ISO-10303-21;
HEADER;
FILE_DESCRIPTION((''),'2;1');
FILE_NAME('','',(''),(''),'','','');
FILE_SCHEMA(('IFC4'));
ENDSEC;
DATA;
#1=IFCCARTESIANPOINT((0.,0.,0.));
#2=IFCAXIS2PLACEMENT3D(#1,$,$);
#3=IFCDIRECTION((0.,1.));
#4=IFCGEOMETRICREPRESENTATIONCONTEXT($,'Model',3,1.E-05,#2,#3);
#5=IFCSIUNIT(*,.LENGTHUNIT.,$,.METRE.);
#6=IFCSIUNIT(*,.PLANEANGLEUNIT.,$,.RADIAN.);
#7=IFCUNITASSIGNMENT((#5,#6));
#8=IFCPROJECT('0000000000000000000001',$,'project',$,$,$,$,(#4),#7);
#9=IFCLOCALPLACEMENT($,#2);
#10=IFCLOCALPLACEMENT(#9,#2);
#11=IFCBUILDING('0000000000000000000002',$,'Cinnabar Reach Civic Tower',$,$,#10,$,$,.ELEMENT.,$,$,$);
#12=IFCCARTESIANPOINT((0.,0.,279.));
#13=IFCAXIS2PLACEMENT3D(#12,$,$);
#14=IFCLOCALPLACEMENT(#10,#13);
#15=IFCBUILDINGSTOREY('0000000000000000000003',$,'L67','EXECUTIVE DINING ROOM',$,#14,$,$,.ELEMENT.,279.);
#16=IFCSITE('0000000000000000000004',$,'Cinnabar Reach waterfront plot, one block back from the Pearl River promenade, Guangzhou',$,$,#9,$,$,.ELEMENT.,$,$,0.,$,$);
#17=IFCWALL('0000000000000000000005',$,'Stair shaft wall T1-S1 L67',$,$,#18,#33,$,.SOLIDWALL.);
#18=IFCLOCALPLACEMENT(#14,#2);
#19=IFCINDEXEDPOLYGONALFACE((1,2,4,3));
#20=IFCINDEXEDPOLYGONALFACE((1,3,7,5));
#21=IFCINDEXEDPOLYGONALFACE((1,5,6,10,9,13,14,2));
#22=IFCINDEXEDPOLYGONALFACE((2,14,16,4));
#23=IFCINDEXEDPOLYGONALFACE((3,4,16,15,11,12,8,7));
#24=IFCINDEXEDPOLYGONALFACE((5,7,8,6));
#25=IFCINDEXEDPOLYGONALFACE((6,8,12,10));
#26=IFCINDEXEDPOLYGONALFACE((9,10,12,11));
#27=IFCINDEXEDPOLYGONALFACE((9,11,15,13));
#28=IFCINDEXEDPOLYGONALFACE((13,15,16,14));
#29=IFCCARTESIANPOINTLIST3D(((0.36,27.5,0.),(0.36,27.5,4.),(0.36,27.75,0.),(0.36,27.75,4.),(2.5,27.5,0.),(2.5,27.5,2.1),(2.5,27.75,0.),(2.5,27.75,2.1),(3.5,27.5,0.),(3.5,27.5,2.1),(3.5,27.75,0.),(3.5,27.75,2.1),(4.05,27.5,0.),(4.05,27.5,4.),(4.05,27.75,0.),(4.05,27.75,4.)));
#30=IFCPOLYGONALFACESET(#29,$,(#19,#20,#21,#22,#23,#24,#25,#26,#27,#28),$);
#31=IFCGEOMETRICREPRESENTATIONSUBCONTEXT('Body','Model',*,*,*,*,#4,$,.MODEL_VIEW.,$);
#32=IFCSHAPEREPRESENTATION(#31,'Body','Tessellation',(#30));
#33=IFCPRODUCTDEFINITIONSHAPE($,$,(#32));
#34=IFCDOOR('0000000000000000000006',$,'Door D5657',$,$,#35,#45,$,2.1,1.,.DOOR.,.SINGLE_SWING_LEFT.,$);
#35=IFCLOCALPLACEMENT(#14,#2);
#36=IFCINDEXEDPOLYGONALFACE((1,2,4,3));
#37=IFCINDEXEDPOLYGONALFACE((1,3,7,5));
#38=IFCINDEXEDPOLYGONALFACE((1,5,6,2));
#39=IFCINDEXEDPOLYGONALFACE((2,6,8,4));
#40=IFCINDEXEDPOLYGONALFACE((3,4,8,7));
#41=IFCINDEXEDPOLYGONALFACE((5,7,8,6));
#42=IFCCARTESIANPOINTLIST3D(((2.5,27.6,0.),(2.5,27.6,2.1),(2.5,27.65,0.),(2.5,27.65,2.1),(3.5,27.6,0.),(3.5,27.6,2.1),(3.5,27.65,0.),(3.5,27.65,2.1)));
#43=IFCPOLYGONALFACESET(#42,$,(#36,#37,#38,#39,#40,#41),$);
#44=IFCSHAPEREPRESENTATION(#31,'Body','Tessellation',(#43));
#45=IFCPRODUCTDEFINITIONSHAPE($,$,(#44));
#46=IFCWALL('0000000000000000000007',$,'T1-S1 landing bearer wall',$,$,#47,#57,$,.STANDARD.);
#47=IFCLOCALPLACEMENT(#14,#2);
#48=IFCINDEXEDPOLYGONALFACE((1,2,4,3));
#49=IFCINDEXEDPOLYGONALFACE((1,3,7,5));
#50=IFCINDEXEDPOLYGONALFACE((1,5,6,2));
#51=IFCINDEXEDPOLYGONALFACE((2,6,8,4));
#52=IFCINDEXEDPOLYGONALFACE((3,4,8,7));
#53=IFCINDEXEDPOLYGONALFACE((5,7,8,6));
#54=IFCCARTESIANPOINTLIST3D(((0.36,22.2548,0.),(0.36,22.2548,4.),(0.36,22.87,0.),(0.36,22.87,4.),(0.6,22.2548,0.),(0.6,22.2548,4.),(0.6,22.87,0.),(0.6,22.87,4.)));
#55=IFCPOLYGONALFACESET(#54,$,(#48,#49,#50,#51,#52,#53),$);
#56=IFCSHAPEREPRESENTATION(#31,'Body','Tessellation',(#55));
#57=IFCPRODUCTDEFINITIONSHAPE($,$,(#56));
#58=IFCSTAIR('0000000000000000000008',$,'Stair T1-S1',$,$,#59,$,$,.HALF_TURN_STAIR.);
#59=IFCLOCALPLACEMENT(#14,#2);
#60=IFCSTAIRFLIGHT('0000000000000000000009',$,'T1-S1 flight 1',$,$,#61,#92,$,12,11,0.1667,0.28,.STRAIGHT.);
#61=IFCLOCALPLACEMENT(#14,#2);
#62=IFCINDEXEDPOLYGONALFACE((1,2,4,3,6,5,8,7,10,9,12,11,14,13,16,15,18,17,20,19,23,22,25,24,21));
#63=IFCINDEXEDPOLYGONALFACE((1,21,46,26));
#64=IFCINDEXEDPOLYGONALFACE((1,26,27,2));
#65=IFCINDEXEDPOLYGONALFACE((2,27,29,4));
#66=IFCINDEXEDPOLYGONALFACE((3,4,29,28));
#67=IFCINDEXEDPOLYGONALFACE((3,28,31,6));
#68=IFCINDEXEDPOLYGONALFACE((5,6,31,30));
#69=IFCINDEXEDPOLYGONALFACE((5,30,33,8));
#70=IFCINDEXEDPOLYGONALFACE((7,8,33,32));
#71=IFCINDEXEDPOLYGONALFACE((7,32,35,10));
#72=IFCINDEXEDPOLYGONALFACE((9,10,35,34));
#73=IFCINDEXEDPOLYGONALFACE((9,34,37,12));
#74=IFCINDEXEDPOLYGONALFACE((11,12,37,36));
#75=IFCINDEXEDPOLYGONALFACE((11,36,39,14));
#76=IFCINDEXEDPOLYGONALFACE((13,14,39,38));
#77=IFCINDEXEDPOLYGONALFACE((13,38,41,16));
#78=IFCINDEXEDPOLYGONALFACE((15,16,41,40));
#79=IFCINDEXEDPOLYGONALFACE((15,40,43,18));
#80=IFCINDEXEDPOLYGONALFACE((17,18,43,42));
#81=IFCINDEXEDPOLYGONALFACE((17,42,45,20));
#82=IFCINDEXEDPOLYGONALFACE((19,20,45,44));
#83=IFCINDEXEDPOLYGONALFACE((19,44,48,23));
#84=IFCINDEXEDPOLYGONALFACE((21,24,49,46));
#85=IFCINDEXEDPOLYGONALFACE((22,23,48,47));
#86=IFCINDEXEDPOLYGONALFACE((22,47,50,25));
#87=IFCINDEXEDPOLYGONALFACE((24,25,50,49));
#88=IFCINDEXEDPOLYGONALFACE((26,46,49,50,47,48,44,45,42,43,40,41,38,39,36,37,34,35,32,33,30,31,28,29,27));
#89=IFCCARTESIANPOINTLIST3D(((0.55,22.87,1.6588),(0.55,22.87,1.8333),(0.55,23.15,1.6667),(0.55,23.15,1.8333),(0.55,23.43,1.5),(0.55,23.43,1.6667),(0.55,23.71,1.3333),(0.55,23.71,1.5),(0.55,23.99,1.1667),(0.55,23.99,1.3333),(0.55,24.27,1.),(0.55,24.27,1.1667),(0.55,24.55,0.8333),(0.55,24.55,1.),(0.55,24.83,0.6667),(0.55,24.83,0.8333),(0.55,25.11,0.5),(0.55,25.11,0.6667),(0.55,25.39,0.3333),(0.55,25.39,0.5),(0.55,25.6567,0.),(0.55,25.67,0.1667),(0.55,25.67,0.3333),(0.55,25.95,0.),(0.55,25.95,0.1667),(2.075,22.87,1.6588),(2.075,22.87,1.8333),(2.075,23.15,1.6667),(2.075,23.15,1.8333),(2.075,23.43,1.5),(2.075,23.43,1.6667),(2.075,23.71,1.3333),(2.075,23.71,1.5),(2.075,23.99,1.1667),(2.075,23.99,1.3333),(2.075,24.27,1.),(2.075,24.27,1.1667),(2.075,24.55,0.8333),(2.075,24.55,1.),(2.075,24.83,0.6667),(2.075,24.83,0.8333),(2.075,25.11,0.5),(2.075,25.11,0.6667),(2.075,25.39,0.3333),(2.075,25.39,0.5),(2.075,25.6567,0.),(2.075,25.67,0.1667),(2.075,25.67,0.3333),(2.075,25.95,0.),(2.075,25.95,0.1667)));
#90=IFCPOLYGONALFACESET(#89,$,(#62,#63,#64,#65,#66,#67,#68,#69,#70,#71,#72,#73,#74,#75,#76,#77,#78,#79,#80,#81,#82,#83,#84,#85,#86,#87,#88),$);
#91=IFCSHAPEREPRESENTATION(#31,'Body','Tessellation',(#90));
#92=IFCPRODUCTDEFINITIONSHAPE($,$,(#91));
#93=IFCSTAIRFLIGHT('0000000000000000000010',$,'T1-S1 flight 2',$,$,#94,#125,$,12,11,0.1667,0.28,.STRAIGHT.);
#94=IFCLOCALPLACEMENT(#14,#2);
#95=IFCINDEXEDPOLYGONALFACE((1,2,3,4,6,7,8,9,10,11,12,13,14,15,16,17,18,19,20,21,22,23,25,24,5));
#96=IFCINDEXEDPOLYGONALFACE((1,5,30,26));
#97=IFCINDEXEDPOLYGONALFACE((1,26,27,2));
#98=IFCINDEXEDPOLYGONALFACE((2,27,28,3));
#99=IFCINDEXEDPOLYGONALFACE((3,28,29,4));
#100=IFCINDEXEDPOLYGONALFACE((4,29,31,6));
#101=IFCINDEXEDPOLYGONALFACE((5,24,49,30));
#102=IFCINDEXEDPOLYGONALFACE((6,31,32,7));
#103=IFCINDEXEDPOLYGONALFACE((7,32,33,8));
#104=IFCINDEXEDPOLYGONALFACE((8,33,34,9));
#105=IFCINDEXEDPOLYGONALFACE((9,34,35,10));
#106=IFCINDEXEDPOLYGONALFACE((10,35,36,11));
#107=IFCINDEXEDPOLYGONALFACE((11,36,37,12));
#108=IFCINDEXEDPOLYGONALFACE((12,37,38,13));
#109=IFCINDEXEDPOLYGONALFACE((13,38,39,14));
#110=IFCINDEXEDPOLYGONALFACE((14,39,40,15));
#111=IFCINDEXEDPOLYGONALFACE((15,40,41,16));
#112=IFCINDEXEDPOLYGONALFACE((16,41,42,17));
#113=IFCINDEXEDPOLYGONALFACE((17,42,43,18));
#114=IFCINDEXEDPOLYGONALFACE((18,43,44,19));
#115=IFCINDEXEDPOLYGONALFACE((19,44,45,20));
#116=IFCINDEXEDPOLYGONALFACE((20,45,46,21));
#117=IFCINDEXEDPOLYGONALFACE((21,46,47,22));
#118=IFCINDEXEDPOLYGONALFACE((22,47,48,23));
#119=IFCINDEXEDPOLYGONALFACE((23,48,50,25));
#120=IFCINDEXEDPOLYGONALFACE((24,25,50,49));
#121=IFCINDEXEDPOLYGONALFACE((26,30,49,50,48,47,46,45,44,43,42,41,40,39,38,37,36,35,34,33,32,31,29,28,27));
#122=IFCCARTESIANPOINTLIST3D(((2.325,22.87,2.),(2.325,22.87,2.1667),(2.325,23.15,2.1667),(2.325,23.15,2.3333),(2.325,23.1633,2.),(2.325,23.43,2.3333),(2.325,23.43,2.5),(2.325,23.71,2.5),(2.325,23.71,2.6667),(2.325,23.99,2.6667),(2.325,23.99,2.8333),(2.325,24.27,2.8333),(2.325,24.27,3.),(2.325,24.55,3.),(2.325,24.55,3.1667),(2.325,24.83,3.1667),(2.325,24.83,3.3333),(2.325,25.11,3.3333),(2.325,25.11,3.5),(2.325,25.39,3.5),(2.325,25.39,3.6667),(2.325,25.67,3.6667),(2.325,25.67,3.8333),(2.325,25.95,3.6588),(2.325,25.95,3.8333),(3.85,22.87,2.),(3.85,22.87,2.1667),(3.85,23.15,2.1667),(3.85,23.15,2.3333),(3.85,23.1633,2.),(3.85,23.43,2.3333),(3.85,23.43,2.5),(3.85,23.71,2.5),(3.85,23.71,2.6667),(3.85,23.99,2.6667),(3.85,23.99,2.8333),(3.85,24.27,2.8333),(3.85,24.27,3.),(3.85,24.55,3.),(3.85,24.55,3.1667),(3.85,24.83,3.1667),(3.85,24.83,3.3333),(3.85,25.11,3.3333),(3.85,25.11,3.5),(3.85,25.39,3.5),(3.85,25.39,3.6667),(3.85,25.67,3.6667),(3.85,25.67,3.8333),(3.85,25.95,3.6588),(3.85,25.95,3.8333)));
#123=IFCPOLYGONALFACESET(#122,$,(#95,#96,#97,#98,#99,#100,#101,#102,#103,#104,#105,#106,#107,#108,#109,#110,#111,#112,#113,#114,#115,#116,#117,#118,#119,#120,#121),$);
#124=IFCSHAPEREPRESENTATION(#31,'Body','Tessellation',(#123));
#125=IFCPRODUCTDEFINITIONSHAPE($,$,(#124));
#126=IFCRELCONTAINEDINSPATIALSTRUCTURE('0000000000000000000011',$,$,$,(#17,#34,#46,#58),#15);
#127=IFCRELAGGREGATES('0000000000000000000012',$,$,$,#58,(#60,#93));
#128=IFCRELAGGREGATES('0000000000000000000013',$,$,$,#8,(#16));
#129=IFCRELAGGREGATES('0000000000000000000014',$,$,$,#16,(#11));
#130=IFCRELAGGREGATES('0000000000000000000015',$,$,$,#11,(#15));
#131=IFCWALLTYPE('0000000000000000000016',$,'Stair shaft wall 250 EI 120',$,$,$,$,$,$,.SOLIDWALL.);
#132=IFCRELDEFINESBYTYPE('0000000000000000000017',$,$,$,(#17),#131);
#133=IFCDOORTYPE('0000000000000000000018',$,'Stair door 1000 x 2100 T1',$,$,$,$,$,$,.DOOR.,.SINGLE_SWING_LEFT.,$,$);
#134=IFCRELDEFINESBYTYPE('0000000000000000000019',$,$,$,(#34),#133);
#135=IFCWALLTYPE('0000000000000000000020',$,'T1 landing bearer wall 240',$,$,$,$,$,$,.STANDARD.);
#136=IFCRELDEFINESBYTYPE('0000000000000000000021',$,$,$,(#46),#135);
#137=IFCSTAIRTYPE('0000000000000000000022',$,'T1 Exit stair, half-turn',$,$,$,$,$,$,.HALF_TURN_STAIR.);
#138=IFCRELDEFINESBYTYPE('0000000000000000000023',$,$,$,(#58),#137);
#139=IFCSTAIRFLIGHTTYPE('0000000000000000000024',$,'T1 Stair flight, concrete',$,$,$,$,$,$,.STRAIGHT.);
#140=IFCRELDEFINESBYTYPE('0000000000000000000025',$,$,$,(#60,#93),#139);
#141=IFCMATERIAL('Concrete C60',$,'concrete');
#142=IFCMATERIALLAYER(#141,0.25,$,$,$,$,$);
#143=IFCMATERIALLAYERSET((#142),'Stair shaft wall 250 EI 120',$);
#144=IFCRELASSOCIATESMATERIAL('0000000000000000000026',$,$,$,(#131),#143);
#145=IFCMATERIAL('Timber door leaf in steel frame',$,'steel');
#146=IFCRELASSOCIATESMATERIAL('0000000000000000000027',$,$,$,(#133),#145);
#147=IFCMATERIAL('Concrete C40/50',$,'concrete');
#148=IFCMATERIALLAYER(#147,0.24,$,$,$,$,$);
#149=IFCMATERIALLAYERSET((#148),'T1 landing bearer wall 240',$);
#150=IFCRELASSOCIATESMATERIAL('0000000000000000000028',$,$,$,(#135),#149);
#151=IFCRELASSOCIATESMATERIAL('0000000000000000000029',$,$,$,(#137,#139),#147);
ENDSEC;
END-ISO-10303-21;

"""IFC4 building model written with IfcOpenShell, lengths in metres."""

from ifc_helpers import new_model, si_unit, direction, frame, frame_2d, origin, place, context, subcontext, project, spatial, polyline, rectangle, outline, extrude, material, layer, layer_set, type_object, element, fill, aggregate, save


model = new_model("IFC4")

# Units and contexts
model_context = context("Model", 3, precision=1e-05, world=origin(), true_north=direction((0.0, 1.0)))
body_context = subcontext(model_context, "Body", "Model", "MODEL_VIEW")
ifc_project = project(units=[si_unit("LENGTHUNIT", "METRE"), si_unit("PLANEANGLEUNIT", "RADIAN")], contexts=[model_context])

# Site, building, storey
site_placement = place(None, origin())
site = spatial("IfcSite", under=ifc_project, at=site_placement, Name="Cinnabar Reach waterfront plot, one block back from the Pearl River promenade, Guangzhou", CompositionType="ELEMENT", RefElevation=0.0)
building_placement = place(site_placement, origin())
building = spatial("IfcBuilding", under=site, at=building_placement, Name="Cinnabar Reach Civic Tower", CompositionType="ELEMENT")
storey_placement = place(building_placement, frame((0.0, 0.0, 279.0)))
storey = spatial("IfcBuildingStorey", under=building, at=storey_placement, Name="L67", Description="EXECUTIVE DINING ROOM", CompositionType="ELEMENT", Elevation=279.0)

# Shared definitions
ifc_material_1 = material(Name="Concrete C60", Category="concrete")

# Shared definitions
ifc_material_2 = material(Name="Timber door leaf in steel frame", Category="steel")

# Wall, opening, door
ifc_layer_1 = layer(ifc_material_1, 0.25)
ifc_layer_set_1 = layer_set([ifc_layer_1], Name="Stair shaft wall 250 EI 120")
wall_type_1 = type_object("IfcWallType", Name="Stair shaft wall 250 EI 120", PredefinedType="SOLIDWALL", material=ifc_layer_set_1)
wall_1_placement = place(storey_placement, frame((4.05, 27.625, 0.0), z_axis=(0.0, 0.0, 1.0), x_axis=(-1.0, 0.0, 0.0)))
wall_1 = element("IfcWall", 1, at=wall_1_placement, inside=storey, type_object=wall_type_1, Name="Stair shaft wall T1-S1 L67", PredefinedType="SOLIDWALL", context=body_context, shape_type="SweptSolid", body=[
    extrude(rectangle(XDim=3.69, YDim=0.25, at=frame_2d((1.845, 0.0))), origin(), (0.0, 0.0, 1.0), 4.0),
])
opening_1_placement = place(wall_1_placement, frame((0.55, 0.0, 0.0)))
opening_1 = element("IfcOpeningElement", 2, at=opening_1_placement, cuts=wall_1, PredefinedType="OPENING", context=body_context, shape_type="SweptSolid", body=[
    extrude(rectangle(XDim=1.0, YDim=2.1, at=frame_2d((0.5, 1.05))), frame((0.0, 0.135, 0.0), z_axis=(0.0, -1.0, 0.0), x_axis=(1.0, 0.0, 0.0)), (0.0, 0.0, 1.0), 0.27),
])
door_type_1 = type_object("IfcDoorType", Name="Stair door 1000 x 2100 T1", OperationType="SINGLE_SWING_LEFT", PredefinedType="DOOR", material=ifc_material_2)
door_1_placement = place(opening_1_placement, origin())
door_1 = element("IfcDoor", 3, at=door_1_placement, inside=storey, type_object=door_type_1, Name="Door D5657", OperationType="SINGLE_SWING_LEFT", OverallHeight=2.1, OverallWidth=1.0, PredefinedType="DOOR", context=body_context, shape_type="SweptSolid", body=[
    extrude(rectangle(XDim=1.0, YDim=2.1, at=frame_2d((0.5, 1.05))), frame((0.0, 0.025, 0.0), z_axis=(0.0, -1.0, 0.0), x_axis=(1.0, 0.0, 0.0)), (0.0, 0.0, 1.0), 0.05),
])
fill(opening_1, door_1)

# Wall
ifc_material_3 = material(Name="Concrete C40/50", Category="concrete")
ifc_layer_2 = layer(ifc_material_3, 0.24)
ifc_layer_set_2 = layer_set([ifc_layer_2], Name="T1 landing bearer wall 240")
wall_type_2 = type_object("IfcWallType", Name="T1 landing bearer wall 240", PredefinedType="STANDARD", material=ifc_layer_set_2)
wall_2_placement = place(storey_placement, frame((0.48, 22.2549, 0.0), z_axis=(0.0, 0.0, 1.0), x_axis=(0.0, 1.0, 0.0)))
element("IfcWall", 4, at=wall_2_placement, inside=storey, type_object=wall_type_2, Name="T1-S1 landing bearer wall", PredefinedType="STANDARD", context=body_context, shape_type="SweptSolid", body=[
    extrude(rectangle(XDim=0.6151, YDim=0.24, at=frame_2d((0.3075, 0.0))), origin(), (0.0, 0.0, 1.0), 4.0),
])

# Stair, stair flights
stair_type = type_object("IfcStairType", Name="T1 Exit stair, half-turn", PredefinedType="HALF_TURN_STAIR", material=ifc_material_3)
stair_placement = place(storey_placement, origin())
stair = element("IfcStair", 5, at=stair_placement, inside=storey, type_object=stair_type, Name="Stair T1-S1", PredefinedType="HALF_TURN_STAIR")
stair_flight_type = type_object("IfcStairFlightType", Name="T1 Stair flight, concrete", PredefinedType="STRAIGHT", material=ifc_material_3)
stair_flight_1_placement = place(storey_placement, frame((1.3125, 25.95, 0.0), z_axis=(0.0, 0.0, 1.0), x_axis=(0.0, -1.0, 0.0)))
stair_flight_1 = element("IfcStairFlight", 6, at=stair_flight_1_placement, type_object=stair_flight_type, Name="T1-S1 flight 1", NumberOfRisers=12, NumberOfTreads=11, PredefinedType="STRAIGHT", RiserHeight=0.1667, TreadLength=0.28, context=body_context, shape_type="SweptSolid", body=[
    extrude(outline(polyline([(0.0, 0.0), (0.0, 0.1667), (0.28, 0.1667), (0.28, 0.3333), (0.56, 0.3333), (0.56, 0.5), (0.84, 0.5), (0.84, 0.6667), (1.12, 0.6667), (1.12, 0.8333), (1.4, 0.8333), (1.4, 1.0), (1.68, 1.0), (1.68, 1.1667), (1.96, 1.1667), (1.96, 1.3333), (2.24, 1.3333), (2.24, 1.5), (2.52, 1.5), (2.52, 1.6667), (2.8, 1.6667), (2.8, 1.8333), (3.08, 1.8333), (3.08, 2.0), (3.08, 1.6588), (0.2933, 0.0), (0.0, 0.0)])), frame((0.0, 0.7625, 0.0), z_axis=(0.0, -1.0, 0.0), x_axis=(1.0, 0.0, 0.0)), (0.0, 0.0, 1.0), 1.525),
])
stair_flight_2_placement = place(storey_placement, frame((3.0875, 22.87, 2.0), z_axis=(0.0, 0.0, 1.0), x_axis=(0.0, 1.0, 0.0)))
stair_flight_2 = element("IfcStairFlight", 7, at=stair_flight_2_placement, type_object=stair_flight_type, Name="T1-S1 flight 2", NumberOfRisers=12, NumberOfTreads=11, PredefinedType="STRAIGHT", RiserHeight=0.1667, TreadLength=0.28, context=body_context, shape_type="SweptSolid", body=[
    extrude(outline(polyline([(0.0, 0.0), (0.0, 0.1667), (0.28, 0.1667), (0.28, 0.3333), (0.56, 0.3333), (0.56, 0.5), (0.84, 0.5), (0.84, 0.6667), (1.12, 0.6667), (1.12, 0.8333), (1.4, 0.8333), (1.4, 1.0), (1.68, 1.0), (1.68, 1.1667), (1.96, 1.1667), (1.96, 1.3333), (2.24, 1.3333), (2.24, 1.5), (2.52, 1.5), (2.52, 1.6667), (2.8, 1.6667), (2.8, 1.8333), (3.08, 1.8333), (3.08, 2.0), (3.08, 1.6588), (0.2933, 0.0), (0.0, 0.0)])), frame((0.0, 0.7625, 0.0), z_axis=(0.0, -1.0, 0.0), x_axis=(1.0, 0.0, 0.0)), (0.0, 0.0, 1.0), 1.525),
])
aggregate(stair, [stair_flight_1, stair_flight_2])

save(model, "model.ifc")
